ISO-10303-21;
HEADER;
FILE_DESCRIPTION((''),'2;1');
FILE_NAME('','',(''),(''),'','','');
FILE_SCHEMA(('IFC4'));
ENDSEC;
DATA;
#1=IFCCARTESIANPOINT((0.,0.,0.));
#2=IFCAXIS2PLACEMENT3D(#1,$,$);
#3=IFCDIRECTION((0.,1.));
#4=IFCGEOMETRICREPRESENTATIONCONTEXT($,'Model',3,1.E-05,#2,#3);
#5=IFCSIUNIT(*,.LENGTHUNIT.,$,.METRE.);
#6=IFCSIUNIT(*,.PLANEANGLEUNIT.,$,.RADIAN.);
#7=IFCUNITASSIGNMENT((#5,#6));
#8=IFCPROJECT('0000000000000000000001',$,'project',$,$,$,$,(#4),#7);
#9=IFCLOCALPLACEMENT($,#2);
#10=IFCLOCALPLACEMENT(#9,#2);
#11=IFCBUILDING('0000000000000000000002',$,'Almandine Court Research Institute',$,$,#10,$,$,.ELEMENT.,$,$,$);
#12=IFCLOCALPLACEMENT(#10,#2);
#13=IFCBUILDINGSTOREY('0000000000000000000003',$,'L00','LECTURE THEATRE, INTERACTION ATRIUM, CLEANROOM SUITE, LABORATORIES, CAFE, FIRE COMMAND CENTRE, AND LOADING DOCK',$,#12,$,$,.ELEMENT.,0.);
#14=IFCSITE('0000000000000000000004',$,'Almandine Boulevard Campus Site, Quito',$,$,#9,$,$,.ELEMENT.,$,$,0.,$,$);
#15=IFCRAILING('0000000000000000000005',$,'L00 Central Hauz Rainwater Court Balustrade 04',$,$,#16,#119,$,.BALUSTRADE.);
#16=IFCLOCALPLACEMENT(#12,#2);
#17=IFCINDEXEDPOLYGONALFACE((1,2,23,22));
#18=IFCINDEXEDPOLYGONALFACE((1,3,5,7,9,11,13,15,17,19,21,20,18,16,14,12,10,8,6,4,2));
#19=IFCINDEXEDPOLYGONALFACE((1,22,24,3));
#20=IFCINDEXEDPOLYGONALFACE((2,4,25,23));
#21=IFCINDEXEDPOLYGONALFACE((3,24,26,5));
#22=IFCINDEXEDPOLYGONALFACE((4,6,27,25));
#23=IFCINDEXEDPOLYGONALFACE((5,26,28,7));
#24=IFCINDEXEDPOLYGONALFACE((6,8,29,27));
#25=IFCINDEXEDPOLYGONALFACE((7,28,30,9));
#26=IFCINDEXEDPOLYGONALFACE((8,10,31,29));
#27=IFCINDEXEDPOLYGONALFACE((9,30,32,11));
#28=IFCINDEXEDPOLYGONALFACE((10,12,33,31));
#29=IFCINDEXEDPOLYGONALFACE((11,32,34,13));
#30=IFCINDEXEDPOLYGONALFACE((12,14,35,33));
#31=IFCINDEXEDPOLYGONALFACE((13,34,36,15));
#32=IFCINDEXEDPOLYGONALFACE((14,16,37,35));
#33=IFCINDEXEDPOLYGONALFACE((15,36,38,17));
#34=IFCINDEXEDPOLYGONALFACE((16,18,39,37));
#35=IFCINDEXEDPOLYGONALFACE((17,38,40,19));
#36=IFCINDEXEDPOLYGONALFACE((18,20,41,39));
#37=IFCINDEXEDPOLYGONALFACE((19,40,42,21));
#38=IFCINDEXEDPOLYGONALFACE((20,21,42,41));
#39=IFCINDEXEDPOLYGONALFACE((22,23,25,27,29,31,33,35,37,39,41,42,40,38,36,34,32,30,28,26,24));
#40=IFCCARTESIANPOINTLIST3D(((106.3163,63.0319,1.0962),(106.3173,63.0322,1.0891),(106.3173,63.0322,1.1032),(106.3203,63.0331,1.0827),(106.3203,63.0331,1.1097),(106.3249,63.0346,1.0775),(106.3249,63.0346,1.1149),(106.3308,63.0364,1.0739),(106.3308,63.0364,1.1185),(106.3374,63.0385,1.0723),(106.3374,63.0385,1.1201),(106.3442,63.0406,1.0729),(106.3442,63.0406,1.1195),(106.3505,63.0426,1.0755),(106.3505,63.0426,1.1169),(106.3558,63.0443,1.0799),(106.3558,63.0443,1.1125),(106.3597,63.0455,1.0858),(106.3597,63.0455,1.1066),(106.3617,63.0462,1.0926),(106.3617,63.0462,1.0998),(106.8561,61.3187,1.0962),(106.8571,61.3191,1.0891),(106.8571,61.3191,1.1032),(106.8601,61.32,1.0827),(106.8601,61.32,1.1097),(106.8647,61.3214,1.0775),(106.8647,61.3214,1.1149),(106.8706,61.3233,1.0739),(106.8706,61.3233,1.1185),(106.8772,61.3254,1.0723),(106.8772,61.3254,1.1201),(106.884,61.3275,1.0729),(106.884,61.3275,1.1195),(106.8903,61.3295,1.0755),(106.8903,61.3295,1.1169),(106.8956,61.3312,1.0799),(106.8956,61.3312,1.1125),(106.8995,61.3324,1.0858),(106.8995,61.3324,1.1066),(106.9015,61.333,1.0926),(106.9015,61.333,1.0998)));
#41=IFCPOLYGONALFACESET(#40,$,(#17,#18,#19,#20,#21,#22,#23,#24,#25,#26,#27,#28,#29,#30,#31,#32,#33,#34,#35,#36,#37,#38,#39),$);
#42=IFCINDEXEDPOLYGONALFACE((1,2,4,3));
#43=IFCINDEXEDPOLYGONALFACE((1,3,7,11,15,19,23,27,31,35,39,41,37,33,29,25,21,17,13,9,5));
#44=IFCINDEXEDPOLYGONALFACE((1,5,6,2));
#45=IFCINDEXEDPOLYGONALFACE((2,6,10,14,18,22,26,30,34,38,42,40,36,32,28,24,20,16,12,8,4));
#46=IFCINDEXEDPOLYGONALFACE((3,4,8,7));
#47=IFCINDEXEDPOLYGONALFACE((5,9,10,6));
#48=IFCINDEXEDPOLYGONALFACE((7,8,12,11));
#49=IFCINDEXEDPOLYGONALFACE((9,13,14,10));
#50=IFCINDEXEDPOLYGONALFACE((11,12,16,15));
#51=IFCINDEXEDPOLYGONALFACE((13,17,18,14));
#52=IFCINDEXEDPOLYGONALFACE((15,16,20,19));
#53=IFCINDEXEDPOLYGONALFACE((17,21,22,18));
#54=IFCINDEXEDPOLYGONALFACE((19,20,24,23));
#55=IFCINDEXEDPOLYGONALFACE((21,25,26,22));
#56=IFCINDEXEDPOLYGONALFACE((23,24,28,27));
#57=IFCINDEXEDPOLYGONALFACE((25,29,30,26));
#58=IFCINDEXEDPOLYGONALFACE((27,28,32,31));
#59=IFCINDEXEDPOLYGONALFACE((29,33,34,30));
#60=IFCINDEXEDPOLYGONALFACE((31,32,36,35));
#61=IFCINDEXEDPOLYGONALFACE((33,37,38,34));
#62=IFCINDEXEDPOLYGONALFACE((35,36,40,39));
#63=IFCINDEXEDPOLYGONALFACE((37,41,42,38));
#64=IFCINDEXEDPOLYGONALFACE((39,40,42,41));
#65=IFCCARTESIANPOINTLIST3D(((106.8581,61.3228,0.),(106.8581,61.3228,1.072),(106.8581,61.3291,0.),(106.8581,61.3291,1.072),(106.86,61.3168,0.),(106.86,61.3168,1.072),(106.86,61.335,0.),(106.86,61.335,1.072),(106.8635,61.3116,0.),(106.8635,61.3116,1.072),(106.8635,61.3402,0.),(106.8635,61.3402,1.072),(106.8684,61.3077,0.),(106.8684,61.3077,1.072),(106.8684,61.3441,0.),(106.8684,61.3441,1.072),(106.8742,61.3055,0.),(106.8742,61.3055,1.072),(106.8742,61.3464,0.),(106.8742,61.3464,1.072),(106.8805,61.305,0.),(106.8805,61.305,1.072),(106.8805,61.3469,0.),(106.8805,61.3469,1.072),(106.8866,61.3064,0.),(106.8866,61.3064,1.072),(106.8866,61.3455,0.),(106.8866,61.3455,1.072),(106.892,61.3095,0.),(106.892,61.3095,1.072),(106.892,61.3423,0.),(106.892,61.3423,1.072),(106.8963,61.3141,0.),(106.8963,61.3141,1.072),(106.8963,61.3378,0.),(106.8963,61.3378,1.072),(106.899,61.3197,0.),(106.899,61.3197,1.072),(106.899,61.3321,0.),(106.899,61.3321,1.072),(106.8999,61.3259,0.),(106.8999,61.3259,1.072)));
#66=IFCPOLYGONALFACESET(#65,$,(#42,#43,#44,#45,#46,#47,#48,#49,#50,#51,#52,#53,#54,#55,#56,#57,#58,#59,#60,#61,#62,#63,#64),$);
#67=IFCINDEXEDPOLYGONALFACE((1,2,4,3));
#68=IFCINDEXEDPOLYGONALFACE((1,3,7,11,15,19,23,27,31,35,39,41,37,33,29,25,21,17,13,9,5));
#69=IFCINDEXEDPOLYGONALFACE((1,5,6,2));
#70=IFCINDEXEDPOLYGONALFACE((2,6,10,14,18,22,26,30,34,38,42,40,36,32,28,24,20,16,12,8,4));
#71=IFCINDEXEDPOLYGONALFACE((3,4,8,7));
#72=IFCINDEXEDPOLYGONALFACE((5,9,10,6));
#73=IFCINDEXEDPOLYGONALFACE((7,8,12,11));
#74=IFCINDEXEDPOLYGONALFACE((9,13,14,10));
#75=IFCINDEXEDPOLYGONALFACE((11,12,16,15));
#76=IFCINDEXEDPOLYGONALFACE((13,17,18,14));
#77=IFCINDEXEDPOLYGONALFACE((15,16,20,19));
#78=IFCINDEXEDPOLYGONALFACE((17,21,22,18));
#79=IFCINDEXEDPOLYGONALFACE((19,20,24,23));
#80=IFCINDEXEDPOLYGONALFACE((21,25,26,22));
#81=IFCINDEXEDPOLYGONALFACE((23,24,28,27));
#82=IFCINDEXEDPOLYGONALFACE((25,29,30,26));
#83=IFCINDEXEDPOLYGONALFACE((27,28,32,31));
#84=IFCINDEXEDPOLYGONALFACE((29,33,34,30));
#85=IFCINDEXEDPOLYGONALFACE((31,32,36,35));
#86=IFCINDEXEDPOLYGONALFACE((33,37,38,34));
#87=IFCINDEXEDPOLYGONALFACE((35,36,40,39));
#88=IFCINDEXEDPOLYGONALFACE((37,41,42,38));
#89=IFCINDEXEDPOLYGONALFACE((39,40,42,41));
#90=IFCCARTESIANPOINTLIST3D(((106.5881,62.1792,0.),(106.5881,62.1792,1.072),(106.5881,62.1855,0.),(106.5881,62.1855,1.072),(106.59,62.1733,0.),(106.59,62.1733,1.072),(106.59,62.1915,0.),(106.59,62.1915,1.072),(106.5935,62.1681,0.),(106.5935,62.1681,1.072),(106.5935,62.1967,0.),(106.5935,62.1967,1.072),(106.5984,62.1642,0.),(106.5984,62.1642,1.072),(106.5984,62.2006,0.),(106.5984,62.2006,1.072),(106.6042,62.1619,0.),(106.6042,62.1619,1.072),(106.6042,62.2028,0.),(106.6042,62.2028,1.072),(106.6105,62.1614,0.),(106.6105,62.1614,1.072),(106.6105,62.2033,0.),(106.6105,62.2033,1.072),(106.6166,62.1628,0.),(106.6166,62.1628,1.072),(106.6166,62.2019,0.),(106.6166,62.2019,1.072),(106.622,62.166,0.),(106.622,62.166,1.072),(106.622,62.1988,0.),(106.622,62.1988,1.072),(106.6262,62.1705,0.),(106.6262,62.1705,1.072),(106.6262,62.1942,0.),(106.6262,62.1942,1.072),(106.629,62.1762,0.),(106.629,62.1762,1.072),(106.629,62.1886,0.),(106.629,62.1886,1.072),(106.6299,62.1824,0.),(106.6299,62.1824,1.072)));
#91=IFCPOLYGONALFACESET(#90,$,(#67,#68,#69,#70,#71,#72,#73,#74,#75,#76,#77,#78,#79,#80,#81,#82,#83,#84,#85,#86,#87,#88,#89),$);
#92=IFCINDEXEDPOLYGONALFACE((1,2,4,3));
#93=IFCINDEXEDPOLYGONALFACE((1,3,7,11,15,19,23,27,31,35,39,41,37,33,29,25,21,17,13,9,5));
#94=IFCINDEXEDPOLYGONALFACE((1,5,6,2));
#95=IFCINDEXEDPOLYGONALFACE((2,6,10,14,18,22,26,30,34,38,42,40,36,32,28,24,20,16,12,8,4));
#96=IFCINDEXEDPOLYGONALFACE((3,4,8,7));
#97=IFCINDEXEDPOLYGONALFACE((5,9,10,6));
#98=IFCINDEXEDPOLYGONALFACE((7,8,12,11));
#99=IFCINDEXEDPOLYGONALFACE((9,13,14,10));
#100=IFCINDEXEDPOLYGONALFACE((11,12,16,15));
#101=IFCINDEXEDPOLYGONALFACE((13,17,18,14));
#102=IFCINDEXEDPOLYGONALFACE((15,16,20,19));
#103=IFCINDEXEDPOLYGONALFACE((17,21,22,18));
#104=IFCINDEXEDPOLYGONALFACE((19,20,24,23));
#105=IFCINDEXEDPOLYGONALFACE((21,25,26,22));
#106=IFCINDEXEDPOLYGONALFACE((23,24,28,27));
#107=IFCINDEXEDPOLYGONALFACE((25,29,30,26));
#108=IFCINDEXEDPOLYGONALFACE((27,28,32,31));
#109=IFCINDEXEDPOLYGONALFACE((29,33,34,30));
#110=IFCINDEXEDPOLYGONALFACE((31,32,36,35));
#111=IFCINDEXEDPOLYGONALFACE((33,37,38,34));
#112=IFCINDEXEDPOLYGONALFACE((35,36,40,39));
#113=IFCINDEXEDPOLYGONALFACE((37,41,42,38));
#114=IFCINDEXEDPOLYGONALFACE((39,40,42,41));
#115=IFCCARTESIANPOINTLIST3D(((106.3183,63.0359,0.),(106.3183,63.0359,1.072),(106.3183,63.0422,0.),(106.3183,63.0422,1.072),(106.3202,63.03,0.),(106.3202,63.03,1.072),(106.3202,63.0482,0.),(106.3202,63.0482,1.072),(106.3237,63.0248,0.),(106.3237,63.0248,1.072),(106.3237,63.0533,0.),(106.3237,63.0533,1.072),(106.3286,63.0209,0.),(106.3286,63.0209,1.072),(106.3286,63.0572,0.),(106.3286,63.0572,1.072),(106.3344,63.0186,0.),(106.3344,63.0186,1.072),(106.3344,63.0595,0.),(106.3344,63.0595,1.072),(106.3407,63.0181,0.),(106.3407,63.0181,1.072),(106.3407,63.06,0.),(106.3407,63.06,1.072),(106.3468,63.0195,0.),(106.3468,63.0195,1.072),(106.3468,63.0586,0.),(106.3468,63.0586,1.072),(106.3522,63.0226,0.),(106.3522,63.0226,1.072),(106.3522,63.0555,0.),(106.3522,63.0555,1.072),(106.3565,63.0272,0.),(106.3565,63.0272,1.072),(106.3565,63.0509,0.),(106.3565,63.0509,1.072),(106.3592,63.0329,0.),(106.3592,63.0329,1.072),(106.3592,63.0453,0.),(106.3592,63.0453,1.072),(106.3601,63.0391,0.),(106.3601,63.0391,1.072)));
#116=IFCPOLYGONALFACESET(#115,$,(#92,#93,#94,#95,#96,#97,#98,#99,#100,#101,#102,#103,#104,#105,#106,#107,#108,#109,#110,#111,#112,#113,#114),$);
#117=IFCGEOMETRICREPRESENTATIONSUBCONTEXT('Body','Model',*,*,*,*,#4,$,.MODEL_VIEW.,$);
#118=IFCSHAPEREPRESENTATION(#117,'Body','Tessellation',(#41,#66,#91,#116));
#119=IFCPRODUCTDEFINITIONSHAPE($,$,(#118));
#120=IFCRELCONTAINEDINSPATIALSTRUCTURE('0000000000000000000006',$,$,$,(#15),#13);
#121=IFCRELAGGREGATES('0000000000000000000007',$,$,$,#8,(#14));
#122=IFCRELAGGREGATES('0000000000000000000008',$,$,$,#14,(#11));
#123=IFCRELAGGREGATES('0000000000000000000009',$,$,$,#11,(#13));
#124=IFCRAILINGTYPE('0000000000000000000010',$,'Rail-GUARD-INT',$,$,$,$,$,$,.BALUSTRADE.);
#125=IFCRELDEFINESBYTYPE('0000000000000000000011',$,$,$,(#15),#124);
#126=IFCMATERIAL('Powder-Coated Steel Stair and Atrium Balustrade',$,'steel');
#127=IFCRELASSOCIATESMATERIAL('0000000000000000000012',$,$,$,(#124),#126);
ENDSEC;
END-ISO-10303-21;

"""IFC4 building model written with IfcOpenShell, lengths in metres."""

from ifc_helpers import new_model, si_unit, direction, frame, origin, origin_2d, place, context, subcontext, project, spatial, circle, extrude, material, type_object, element, save


model = new_model("IFC4")

# Units and contexts
model_context = context("Model", 3, precision=1e-05, world=origin(), true_north=direction((0.0, 1.0)))
body_context = subcontext(model_context, "Body", "Model", "MODEL_VIEW")
ifc_project = project(units=[si_unit("LENGTHUNIT", "METRE"), si_unit("PLANEANGLEUNIT", "RADIAN")], contexts=[model_context])

# Site, building, storey
site_placement = place(None, origin())
site = spatial("IfcSite", under=ifc_project, at=site_placement, Name="Almandine Boulevard Campus Site, Quito", CompositionType="ELEMENT", RefElevation=0.0)
building_placement = place(site_placement, origin())
building = spatial("IfcBuilding", under=site, at=building_placement, Name="Almandine Court Research Institute", CompositionType="ELEMENT")
storey_placement = place(building_placement, origin())
storey = spatial("IfcBuildingStorey", under=building, at=storey_placement, Name="L00", Description="LECTURE THEATRE, INTERACTION ATRIUM, CLEANROOM SUITE, LABORATORIES, CAFE, FIRE COMMAND CENTRE, AND LOADING DOCK", CompositionType="ELEMENT", Elevation=0.0)

# Railing
ifc_material_1 = material(Name="Powder-Coated Steel Stair and Atrium Balustrade", Category="steel")
railing_type = type_object("IfcRailingType", Name="Rail-GUARD-INT", PredefinedType="BALUSTRADE", material=ifc_material_1)
railing_1_placement = place(storey_placement, frame((106.8789, 61.3259, 0.0)))
element("IfcRailing", 1, at=railing_1_placement, inside=storey, type_object=railing_type, Name="L00 Central Hauz Rainwater Court Balustrade 04", PredefinedType="BALUSTRADE", context=body_context, shape_type="SweptSolid", body=[
    extrude(circle(Radius=0.0239, at=origin_2d()), frame((0.0, 0.0, 1.0962), z_axis=(-0.300526, 0.953774, 0.0), x_axis=(-0.953774, -0.300526, 0.0)), (0.0, 0.0, 1.0), 1.7961),
    extrude(circle(Radius=0.021, at=origin_2d()), origin(), (0.0, 0.0, 1.0), 1.072),
    extrude(circle(Radius=0.021, at=origin_2d()), frame((-0.27, 0.8564, 0.0)), (0.0, 0.0, 1.0), 1.072),
    extrude(circle(Radius=0.021, at=origin_2d()), frame((-0.5398, 1.7131, 0.0)), (0.0, 0.0, 1.0), 1.072),
])

save(model, "model.ifc")
